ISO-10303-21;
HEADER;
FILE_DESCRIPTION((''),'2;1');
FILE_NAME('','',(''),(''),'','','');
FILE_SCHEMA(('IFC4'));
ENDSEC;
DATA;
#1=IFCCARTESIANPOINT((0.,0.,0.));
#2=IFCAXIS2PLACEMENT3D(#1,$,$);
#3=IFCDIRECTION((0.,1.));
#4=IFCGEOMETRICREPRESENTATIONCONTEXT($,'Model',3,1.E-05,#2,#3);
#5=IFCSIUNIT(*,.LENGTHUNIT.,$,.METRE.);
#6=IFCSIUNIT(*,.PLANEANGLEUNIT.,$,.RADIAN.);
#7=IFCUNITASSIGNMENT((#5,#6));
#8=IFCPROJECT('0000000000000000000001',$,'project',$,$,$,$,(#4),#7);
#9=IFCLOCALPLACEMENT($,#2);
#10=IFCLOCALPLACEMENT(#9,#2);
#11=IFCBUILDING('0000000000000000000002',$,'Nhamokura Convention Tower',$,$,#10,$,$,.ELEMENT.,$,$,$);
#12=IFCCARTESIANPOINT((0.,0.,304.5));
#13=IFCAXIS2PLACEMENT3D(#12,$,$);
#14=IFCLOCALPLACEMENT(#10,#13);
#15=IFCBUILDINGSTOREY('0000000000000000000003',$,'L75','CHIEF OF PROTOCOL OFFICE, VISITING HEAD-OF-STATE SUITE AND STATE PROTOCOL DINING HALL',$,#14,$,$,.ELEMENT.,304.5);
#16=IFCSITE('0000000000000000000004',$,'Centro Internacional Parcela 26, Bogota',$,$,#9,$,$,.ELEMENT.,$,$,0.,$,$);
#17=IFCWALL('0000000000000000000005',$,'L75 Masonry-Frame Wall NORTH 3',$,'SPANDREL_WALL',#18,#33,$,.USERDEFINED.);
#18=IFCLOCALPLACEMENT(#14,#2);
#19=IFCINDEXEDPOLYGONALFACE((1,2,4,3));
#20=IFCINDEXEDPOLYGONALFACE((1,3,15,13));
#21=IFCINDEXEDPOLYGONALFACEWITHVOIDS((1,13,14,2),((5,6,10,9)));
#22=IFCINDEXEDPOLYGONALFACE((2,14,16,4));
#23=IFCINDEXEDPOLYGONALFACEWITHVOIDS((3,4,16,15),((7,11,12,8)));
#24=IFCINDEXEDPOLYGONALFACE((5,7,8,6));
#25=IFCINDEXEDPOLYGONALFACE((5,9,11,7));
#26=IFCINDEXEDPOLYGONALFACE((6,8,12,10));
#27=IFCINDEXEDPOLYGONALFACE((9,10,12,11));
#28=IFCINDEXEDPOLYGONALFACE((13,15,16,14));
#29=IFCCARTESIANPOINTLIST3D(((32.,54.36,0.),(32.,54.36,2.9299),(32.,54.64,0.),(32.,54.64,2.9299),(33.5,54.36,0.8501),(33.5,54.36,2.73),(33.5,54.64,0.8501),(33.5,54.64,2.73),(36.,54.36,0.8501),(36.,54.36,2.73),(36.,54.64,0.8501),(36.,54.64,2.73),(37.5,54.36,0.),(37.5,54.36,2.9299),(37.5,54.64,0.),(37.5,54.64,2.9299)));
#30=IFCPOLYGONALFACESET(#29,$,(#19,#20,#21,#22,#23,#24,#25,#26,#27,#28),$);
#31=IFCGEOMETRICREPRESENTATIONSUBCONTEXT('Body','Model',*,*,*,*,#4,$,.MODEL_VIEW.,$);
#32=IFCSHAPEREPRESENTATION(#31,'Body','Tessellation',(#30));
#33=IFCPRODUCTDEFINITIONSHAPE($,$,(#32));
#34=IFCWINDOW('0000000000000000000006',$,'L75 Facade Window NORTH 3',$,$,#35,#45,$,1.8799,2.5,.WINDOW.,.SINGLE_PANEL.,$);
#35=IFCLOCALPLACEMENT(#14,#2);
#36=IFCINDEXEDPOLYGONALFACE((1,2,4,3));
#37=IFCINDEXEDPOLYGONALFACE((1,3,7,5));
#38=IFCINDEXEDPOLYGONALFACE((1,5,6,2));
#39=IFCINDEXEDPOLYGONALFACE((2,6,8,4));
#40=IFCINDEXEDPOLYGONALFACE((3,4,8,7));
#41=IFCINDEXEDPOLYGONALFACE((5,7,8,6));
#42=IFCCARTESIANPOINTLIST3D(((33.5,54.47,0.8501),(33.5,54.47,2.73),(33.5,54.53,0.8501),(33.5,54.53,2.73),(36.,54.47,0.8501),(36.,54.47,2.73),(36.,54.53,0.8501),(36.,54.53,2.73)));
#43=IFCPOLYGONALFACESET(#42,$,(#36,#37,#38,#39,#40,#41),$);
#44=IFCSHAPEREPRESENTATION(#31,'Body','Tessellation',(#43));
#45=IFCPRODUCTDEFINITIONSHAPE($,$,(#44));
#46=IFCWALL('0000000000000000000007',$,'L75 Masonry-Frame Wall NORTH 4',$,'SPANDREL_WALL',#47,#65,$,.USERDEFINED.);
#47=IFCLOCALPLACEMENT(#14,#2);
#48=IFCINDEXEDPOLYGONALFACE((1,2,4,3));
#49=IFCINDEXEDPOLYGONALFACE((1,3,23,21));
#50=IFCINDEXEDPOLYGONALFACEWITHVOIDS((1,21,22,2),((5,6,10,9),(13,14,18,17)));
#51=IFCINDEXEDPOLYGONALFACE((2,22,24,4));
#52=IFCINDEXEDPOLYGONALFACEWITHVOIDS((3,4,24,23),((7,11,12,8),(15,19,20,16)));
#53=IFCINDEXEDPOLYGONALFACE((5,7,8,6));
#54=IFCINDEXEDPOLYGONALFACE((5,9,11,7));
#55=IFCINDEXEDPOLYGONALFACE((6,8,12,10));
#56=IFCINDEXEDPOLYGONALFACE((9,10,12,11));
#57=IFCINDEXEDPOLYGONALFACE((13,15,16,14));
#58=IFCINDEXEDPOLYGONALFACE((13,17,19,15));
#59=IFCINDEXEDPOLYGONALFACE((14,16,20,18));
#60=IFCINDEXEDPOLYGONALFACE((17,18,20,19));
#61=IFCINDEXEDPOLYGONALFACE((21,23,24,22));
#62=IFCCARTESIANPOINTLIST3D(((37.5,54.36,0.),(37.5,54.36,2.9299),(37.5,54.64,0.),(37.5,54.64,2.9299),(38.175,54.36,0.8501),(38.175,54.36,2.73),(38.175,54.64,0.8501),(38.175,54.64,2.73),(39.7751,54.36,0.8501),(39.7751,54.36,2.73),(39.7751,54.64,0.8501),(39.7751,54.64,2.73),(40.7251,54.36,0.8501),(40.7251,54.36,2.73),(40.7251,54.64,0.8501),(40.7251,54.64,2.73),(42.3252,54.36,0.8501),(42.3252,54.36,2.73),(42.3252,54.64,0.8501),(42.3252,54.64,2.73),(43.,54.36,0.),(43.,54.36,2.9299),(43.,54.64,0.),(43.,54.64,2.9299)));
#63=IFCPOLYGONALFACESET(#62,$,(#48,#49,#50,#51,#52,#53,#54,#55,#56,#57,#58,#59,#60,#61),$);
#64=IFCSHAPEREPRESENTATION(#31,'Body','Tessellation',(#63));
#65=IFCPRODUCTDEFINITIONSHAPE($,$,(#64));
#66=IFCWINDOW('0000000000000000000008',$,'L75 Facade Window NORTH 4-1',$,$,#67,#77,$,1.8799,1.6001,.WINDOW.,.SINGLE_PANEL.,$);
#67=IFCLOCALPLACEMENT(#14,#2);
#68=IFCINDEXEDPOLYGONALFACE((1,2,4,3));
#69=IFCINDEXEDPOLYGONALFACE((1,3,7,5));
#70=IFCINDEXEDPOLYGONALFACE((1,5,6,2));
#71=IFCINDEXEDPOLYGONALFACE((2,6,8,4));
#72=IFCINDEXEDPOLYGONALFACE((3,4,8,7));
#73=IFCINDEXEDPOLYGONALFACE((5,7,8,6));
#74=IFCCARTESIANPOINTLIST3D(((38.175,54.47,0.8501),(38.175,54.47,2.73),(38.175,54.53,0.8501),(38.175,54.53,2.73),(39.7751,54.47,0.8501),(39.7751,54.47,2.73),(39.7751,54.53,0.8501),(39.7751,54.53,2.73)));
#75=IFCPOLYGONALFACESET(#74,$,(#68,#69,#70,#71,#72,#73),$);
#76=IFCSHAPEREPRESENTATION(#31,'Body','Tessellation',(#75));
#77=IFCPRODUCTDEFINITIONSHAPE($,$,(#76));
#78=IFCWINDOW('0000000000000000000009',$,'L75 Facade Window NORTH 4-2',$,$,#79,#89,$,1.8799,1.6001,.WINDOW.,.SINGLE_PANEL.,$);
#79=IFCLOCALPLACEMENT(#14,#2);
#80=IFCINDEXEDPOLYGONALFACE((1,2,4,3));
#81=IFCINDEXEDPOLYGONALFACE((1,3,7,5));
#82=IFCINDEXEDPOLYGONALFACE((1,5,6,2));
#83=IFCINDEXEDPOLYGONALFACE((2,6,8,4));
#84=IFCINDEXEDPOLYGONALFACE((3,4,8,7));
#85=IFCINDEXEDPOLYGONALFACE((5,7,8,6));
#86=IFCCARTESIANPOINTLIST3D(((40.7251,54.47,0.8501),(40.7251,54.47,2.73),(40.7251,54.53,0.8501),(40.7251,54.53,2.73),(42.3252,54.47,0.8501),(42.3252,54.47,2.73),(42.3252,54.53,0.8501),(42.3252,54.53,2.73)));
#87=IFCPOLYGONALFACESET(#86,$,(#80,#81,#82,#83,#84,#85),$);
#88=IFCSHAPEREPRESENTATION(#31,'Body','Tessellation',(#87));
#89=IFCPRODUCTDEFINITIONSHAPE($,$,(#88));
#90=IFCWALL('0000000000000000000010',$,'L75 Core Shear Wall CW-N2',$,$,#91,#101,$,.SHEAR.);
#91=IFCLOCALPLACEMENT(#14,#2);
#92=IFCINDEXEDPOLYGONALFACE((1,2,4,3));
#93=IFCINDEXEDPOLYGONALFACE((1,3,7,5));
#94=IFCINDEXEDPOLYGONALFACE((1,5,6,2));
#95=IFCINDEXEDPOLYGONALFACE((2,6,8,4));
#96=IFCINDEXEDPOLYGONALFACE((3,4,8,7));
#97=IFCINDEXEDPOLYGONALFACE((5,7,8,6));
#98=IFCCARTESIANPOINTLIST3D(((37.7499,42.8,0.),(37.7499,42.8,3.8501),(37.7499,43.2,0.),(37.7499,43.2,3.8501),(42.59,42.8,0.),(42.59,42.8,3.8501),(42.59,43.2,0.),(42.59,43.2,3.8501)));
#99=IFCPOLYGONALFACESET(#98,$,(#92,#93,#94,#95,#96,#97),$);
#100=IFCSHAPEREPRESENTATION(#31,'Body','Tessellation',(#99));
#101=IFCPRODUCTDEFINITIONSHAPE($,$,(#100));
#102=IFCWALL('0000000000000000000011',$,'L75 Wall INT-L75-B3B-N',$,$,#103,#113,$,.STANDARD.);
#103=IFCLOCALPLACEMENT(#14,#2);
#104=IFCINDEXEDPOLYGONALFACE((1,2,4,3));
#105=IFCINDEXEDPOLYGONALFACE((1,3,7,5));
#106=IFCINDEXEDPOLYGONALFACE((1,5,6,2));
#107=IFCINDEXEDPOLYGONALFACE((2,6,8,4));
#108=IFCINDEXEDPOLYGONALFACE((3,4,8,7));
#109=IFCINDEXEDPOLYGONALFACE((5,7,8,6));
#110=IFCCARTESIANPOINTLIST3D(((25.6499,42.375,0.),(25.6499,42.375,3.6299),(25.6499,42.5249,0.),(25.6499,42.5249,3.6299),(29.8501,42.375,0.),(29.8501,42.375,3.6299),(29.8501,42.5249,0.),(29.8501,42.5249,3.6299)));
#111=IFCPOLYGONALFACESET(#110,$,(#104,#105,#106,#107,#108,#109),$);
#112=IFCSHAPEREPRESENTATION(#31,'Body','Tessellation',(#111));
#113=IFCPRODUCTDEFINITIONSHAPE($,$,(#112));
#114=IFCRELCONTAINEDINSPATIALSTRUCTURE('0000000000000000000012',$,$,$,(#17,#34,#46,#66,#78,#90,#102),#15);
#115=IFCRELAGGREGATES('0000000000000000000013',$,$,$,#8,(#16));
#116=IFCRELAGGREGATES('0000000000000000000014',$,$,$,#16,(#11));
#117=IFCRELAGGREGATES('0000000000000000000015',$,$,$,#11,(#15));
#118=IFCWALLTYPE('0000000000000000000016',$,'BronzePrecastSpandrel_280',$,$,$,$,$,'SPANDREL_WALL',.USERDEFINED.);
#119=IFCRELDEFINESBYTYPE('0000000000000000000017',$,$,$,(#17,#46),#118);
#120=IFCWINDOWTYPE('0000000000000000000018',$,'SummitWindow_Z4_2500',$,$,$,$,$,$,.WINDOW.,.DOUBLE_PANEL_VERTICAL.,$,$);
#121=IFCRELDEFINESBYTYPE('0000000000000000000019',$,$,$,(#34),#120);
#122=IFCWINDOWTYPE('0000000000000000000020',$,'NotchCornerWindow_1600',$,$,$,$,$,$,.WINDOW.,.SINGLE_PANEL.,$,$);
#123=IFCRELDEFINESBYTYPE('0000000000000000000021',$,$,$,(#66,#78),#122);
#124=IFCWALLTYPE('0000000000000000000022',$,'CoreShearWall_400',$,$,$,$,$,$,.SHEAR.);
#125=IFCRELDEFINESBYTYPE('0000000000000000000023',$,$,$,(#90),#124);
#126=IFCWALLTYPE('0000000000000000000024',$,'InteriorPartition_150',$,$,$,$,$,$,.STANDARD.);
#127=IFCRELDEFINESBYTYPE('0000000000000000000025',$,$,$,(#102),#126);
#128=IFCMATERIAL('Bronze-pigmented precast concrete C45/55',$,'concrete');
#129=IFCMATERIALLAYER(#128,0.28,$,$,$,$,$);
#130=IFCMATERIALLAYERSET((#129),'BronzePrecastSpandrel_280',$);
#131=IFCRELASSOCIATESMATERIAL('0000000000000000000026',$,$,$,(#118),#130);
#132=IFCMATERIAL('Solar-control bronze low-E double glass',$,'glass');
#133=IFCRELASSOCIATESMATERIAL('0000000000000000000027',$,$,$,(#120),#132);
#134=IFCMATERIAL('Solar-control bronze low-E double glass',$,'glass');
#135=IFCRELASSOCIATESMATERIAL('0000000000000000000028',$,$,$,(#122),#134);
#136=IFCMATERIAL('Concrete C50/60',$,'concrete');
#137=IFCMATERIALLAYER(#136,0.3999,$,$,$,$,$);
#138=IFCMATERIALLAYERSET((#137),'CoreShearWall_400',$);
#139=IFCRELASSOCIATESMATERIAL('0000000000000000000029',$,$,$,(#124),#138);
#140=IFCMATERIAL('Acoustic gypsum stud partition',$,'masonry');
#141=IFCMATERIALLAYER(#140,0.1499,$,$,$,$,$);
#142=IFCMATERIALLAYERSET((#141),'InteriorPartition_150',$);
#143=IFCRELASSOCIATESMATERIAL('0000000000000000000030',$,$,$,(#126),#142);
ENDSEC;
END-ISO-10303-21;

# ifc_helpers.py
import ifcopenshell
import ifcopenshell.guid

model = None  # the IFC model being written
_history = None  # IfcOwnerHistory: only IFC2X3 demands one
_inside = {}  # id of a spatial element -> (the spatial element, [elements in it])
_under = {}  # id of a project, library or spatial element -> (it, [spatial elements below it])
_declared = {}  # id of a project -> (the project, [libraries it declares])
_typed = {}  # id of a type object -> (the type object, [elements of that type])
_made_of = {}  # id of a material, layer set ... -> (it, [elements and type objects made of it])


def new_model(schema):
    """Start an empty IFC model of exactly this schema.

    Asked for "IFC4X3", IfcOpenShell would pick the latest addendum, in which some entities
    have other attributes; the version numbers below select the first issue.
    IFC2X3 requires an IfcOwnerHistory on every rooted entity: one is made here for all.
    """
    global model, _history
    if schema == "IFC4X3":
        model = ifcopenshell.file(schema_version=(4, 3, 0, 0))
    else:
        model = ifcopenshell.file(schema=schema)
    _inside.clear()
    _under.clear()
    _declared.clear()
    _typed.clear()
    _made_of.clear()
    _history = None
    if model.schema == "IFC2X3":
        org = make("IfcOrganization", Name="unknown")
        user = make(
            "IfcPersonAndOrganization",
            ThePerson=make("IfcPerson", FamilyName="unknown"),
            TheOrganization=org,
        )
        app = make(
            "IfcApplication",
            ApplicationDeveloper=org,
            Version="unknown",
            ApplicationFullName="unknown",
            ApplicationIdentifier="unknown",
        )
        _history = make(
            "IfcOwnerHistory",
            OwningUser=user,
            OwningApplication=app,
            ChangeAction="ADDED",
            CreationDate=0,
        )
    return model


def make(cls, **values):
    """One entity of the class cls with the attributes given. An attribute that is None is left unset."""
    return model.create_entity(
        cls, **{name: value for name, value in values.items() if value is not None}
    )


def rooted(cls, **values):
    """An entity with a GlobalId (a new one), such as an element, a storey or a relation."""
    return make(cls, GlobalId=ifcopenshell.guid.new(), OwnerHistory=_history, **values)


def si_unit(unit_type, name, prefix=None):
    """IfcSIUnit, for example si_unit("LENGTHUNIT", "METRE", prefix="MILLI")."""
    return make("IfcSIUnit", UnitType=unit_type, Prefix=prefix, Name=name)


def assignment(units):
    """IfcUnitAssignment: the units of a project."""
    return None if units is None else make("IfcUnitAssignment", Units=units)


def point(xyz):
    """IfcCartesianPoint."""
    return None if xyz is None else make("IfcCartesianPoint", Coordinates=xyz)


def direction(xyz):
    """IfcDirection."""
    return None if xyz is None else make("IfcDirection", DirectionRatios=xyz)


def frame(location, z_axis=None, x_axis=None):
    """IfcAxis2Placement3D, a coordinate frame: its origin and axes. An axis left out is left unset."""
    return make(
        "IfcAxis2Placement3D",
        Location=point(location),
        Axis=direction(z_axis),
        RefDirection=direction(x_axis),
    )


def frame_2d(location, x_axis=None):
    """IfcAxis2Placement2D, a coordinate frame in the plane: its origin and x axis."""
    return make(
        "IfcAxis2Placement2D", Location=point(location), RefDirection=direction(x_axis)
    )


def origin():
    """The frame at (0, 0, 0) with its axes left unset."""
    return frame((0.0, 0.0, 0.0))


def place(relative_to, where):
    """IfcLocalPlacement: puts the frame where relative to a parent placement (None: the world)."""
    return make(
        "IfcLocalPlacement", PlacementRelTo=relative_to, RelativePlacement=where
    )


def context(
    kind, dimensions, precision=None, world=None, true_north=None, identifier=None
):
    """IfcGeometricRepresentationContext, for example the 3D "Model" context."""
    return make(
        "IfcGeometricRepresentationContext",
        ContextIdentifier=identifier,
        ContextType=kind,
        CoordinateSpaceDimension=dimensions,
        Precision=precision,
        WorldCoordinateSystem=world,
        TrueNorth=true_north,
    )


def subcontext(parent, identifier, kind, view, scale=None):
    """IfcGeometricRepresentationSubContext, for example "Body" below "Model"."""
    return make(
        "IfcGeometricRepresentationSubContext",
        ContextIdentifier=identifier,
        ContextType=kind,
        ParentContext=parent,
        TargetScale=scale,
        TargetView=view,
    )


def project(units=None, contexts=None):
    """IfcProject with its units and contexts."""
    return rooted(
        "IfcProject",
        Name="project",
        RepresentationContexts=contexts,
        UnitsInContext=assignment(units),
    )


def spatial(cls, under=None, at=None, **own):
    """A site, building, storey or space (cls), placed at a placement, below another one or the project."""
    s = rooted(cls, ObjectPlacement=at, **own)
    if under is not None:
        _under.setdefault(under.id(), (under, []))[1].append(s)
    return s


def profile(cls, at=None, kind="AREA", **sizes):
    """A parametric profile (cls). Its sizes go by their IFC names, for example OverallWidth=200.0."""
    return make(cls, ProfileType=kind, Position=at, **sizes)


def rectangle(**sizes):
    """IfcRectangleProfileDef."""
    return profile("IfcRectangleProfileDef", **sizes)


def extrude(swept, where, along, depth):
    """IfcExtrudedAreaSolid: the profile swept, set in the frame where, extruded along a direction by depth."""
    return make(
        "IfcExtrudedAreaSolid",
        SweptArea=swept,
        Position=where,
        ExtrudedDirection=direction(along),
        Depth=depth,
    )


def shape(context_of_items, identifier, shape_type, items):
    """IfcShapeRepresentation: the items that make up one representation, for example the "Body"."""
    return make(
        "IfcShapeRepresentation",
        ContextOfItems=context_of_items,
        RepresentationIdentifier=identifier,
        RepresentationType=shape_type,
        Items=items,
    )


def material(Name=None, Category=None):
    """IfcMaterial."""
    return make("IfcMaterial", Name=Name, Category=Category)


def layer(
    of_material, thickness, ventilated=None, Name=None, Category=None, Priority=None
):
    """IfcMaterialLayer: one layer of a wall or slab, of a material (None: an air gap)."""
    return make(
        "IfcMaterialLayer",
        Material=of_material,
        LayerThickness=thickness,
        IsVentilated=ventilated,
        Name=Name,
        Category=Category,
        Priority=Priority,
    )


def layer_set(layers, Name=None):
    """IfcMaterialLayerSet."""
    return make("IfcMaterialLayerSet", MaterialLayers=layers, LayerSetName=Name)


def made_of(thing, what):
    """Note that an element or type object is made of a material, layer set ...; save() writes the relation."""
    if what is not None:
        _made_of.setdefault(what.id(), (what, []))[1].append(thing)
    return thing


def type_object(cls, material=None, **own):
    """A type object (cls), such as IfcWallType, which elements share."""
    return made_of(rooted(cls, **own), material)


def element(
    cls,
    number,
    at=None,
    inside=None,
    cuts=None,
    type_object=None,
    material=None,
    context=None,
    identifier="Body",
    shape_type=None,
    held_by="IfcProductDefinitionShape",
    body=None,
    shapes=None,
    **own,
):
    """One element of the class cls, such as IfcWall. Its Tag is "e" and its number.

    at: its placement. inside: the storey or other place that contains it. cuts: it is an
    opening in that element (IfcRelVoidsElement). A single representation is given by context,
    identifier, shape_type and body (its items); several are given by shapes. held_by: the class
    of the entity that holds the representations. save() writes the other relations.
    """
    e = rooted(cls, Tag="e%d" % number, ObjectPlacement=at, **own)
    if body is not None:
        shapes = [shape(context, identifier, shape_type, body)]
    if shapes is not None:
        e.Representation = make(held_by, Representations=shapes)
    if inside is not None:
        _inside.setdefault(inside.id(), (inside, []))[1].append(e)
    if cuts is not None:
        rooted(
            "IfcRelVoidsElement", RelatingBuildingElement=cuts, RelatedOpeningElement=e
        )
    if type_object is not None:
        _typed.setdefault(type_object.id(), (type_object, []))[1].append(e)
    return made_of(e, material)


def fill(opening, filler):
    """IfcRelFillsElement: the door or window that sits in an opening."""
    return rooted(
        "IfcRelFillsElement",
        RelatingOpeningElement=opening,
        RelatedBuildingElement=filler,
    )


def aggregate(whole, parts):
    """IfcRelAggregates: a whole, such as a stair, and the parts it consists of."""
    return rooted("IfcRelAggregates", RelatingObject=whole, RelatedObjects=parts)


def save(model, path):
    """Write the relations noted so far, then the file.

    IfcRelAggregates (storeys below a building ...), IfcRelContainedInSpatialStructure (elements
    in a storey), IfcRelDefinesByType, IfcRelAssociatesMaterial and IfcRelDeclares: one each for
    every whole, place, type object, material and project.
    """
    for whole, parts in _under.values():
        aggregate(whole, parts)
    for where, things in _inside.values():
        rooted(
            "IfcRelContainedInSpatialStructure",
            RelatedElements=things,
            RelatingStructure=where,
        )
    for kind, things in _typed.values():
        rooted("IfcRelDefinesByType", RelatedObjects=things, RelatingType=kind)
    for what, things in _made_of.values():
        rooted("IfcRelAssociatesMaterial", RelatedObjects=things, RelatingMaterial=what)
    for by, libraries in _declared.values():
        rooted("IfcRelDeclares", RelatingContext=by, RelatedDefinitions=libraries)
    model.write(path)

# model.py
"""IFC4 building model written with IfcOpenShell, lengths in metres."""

from ifc_helpers import new_model, si_unit, direction, frame, frame_2d, origin, place, context, subcontext, project, spatial, rectangle, extrude, material, layer, layer_set, type_object, element, fill, save


model = new_model("IFC4")

# Units and contexts
model_context = context("Model", 3, precision=1e-05, world=origin(), true_north=direction((0.0, 1.0)))
body_context = subcontext(model_context, "Body", "Model", "MODEL_VIEW")
ifc_project = project(units=[si_unit("LENGTHUNIT", "METRE"), si_unit("PLANEANGLEUNIT", "RADIAN")], contexts=[model_context])

# Site, building, storey
site_placement = place(None, origin())
site = spatial("IfcSite", under=ifc_project, at=site_placement, Name="Centro Internacional Parcela 26, Bogota", CompositionType="ELEMENT", RefElevation=0.0)
building_placement = place(site_placement, origin())
building = spatial("IfcBuilding", under=site, at=building_placement, Name="Nhamokura Convention Tower", CompositionType="ELEMENT")
storey_placement = place(building_placement, frame((0.0, 0.0, 304.5)))
storey = spatial("IfcBuildingStorey", under=building, at=storey_placement, Name="L75", Description="CHIEF OF PROTOCOL OFFICE, VISITING HEAD-OF-STATE SUITE AND STATE PROTOCOL DINING HALL", CompositionType="ELEMENT", Elevation=304.5)

# Wall, opening, window
ifc_material_1 = material(Name="Bronze-pigmented precast concrete C45/55", Category="concrete")
ifc_layer_1 = layer(ifc_material_1, 0.28)
ifc_layer_set_1 = layer_set([ifc_layer_1], Name="BronzePrecastSpandrel_280")
wall_type_1 = type_object("IfcWallType", Name="BronzePrecastSpandrel_280", ElementType="SPANDREL_WALL", PredefinedType="USERDEFINED", material=ifc_layer_set_1)
ifc_material_2 = material(Name="Solar-control bronze low-E double glass", Category="glass")
window_type_1 = type_object("IfcWindowType", Name="SummitWindow_Z4_2500", PartitioningType="DOUBLE_PANEL_VERTICAL", PredefinedType="WINDOW", material=ifc_material_2)
wall_1_placement = place(storey_placement, frame((32.0, 54.5, 0.0), z_axis=(0.0, 0.0, 1.0), x_axis=(1.0, 0.0, 0.0)))
wall_1 = element("IfcWall", 1, at=wall_1_placement, inside=storey, type_object=wall_type_1, Name="L75 Masonry-Frame Wall NORTH 3", ObjectType="SPANDREL_WALL", PredefinedType="USERDEFINED", context=body_context, shape_type="SweptSolid", body=[
    extrude(rectangle(XDim=5.5, YDim=0.28, at=frame_2d((2.75, 0.0))), origin(), (0.0, 0.0, 1.0), 2.9299),
])
opening_1_placement = place(wall_1_placement, frame((1.5, 0.0, 0.8501)))
opening_1 = element("IfcOpeningElement", 2, at=opening_1_placement, cuts=wall_1, PredefinedType="OPENING", context=body_context, shape_type="SweptSolid", body=[
    extrude(rectangle(XDim=2.5, YDim=1.8799, at=frame_2d((1.25, 0.9399))), frame((0.0, 0.1499, 0.0), z_axis=(0.0, -1.0, 0.0), x_axis=(1.0, 0.0, 0.0)), (0.0, 0.0, 1.0), 0.3),
])
window_1_placement = place(opening_1_placement, origin())
window_1 = element("IfcWindow", 3, at=window_1_placement, inside=storey, type_object=window_type_1, Name="L75 Facade Window NORTH 3", OverallHeight=1.8799, OverallWidth=2.5, PartitioningType="SINGLE_PANEL", PredefinedType="WINDOW", context=body_context, shape_type="SweptSolid", body=[
    extrude(rectangle(XDim=2.5, YDim=1.8799, at=frame_2d((1.25, 0.9399))), frame((0.0, 0.03, 0.0), z_axis=(0.0, -1.0, 0.0), x_axis=(1.0, 0.0, 0.0)), (0.0, 0.0, 1.0), 0.0601),
])
fill(opening_1, window_1)

# Wall, openings, windows
wall_2_placement = place(storey_placement, frame((37.5, 54.5, 0.0), z_axis=(0.0, 0.0, 1.0), x_axis=(1.0, 0.0, 0.0)))
wall_2 = element("IfcWall", 4, at=wall_2_placement, inside=storey, type_object=wall_type_1, Name="L75 Masonry-Frame Wall NORTH 4", ObjectType="SPANDREL_WALL", PredefinedType="USERDEFINED", context=body_context, shape_type="SweptSolid", body=[
    extrude(rectangle(XDim=5.5, YDim=0.28, at=frame_2d((2.75, 0.0))), origin(), (0.0, 0.0, 1.0), 2.9299),
])
opening_2_placement = place(wall_2_placement, frame((0.675, 0.0, 0.8501)))
opening_2 = element("IfcOpeningElement", 5, at=opening_2_placement, cuts=wall_2, PredefinedType="OPENING", context=body_context, shape_type="SweptSolid", body=[
    extrude(rectangle(XDim=1.6001, YDim=1.8799, at=frame_2d((0.8, 0.9399))), frame((0.0, 0.1499, 0.0), z_axis=(0.0, -1.0, 0.0), x_axis=(1.0, 0.0, 0.0)), (0.0, 0.0, 1.0), 0.3),
])
opening_3_placement = place(wall_2_placement, frame((3.2251, 0.0, 0.8501)))
opening_3 = element("IfcOpeningElement", 6, at=opening_3_placement, cuts=wall_2, PredefinedType="OPENING", context=body_context, shape_type="SweptSolid", body=[
    extrude(rectangle(XDim=1.6001, YDim=1.8799, at=frame_2d((0.8, 0.9399))), frame((0.0, 0.1499, 0.0), z_axis=(0.0, -1.0, 0.0), x_axis=(1.0, 0.0, 0.0)), (0.0, 0.0, 1.0), 0.3),
])
ifc_material_3 = material(Name="Solar-control bronze low-E double glass", Category="glass")
window_type_2 = type_object("IfcWindowType", Name="NotchCornerWindow_1600", PartitioningType="SINGLE_PANEL", PredefinedType="WINDOW", material=ifc_material_3)
window_2_placement = place(opening_2_placement, origin())
window_2 = element("IfcWindow", 7, at=window_2_placement, inside=storey, type_object=window_type_2, Name="L75 Facade Window NORTH 4-1", OverallHeight=1.8799, OverallWidth=1.6001, PartitioningType="SINGLE_PANEL", PredefinedType="WINDOW", context=body_context, shape_type="SweptSolid", body=[
    extrude(rectangle(XDim=1.6001, YDim=1.8799, at=frame_2d((0.8, 0.9399))), frame((0.0, 0.03, 0.0), z_axis=(0.0, -1.0, 0.0), x_axis=(1.0, 0.0, 0.0)), (0.0, 0.0, 1.0), 0.0601),
])
fill(opening_2, window_2)
window_3_placement = place(opening_3_placement, origin())
window_3 = element("IfcWindow", 8, at=window_3_placement, inside=storey, type_object=window_type_2, Name="L75 Facade Window NORTH 4-2", OverallHeight=1.8799, OverallWidth=1.6001, PartitioningType="SINGLE_PANEL", PredefinedType="WINDOW", context=body_context, shape_type="SweptSolid", body=[
    extrude(rectangle(XDim=1.6001, YDim=1.8799, at=frame_2d((0.8, 0.9399))), frame((0.0, 0.03, 0.0), z_axis=(0.0, -1.0, 0.0), x_axis=(1.0, 0.0, 0.0)), (0.0, 0.0, 1.0), 0.0601),
])
fill(opening_3, window_3)

# Wall
ifc_material_4 = material(Name="Concrete C50/60", Category="concrete")
ifc_layer_2 = layer(ifc_material_4, 0.3999)
ifc_layer_set_2 = layer_set([ifc_layer_2], Name="CoreShearWall_400")
wall_type_2 = type_object("IfcWallType", Name="CoreShearWall_400", PredefinedType="SHEAR", material=ifc_layer_set_2)
wall_3_placement = place(storey_placement, frame((37.75, 43.0, 0.0), z_axis=(0.0, 0.0, 1.0), x_axis=(1.0, 0.0, 0.0)))
element("IfcWall", 9, at=wall_3_placement, inside=storey, type_object=wall_type_2, Name="L75 Core Shear Wall CW-N2", PredefinedType="SHEAR", context=body_context, shape_type="SweptSolid", body=[
    extrude(rectangle(XDim=4.8401, YDim=0.3999, at=frame_2d((2.4199, 0.0))), origin(), (0.0, 0.0, 1.0), 3.8501),
])

# Wall
ifc_material_5 = material(Name="Acoustic gypsum stud partition", Category="masonry")
ifc_layer_3 = layer(ifc_material_5, 0.1499)
ifc_layer_set_3 = layer_set([ifc_layer_3], Name="InteriorPartition_150")
wall_type_3 = type_object("IfcWallType", Name="InteriorPartition_150", PredefinedType="STANDARD", material=ifc_layer_set_3)
wall_4_placement = place(storey_placement, frame((25.6499, 42.45, 0.0), z_axis=(0.0, 0.0, 1.0), x_axis=(1.0, 0.0, 0.0)))
element("IfcWall", 10, at=wall_4_placement, inside=storey, type_object=wall_type_3, Name="L75 Wall INT-L75-B3B-N", PredefinedType="STANDARD", context=body_context, shape_type="SweptSolid", body=[
    extrude(rectangle(XDim=4.2002, YDim=0.1499, at=frame_2d((2.1001, 0.0))), origin(), (0.0, 0.0, 1.0), 3.6299),
])

save(model, "model.ifc")
